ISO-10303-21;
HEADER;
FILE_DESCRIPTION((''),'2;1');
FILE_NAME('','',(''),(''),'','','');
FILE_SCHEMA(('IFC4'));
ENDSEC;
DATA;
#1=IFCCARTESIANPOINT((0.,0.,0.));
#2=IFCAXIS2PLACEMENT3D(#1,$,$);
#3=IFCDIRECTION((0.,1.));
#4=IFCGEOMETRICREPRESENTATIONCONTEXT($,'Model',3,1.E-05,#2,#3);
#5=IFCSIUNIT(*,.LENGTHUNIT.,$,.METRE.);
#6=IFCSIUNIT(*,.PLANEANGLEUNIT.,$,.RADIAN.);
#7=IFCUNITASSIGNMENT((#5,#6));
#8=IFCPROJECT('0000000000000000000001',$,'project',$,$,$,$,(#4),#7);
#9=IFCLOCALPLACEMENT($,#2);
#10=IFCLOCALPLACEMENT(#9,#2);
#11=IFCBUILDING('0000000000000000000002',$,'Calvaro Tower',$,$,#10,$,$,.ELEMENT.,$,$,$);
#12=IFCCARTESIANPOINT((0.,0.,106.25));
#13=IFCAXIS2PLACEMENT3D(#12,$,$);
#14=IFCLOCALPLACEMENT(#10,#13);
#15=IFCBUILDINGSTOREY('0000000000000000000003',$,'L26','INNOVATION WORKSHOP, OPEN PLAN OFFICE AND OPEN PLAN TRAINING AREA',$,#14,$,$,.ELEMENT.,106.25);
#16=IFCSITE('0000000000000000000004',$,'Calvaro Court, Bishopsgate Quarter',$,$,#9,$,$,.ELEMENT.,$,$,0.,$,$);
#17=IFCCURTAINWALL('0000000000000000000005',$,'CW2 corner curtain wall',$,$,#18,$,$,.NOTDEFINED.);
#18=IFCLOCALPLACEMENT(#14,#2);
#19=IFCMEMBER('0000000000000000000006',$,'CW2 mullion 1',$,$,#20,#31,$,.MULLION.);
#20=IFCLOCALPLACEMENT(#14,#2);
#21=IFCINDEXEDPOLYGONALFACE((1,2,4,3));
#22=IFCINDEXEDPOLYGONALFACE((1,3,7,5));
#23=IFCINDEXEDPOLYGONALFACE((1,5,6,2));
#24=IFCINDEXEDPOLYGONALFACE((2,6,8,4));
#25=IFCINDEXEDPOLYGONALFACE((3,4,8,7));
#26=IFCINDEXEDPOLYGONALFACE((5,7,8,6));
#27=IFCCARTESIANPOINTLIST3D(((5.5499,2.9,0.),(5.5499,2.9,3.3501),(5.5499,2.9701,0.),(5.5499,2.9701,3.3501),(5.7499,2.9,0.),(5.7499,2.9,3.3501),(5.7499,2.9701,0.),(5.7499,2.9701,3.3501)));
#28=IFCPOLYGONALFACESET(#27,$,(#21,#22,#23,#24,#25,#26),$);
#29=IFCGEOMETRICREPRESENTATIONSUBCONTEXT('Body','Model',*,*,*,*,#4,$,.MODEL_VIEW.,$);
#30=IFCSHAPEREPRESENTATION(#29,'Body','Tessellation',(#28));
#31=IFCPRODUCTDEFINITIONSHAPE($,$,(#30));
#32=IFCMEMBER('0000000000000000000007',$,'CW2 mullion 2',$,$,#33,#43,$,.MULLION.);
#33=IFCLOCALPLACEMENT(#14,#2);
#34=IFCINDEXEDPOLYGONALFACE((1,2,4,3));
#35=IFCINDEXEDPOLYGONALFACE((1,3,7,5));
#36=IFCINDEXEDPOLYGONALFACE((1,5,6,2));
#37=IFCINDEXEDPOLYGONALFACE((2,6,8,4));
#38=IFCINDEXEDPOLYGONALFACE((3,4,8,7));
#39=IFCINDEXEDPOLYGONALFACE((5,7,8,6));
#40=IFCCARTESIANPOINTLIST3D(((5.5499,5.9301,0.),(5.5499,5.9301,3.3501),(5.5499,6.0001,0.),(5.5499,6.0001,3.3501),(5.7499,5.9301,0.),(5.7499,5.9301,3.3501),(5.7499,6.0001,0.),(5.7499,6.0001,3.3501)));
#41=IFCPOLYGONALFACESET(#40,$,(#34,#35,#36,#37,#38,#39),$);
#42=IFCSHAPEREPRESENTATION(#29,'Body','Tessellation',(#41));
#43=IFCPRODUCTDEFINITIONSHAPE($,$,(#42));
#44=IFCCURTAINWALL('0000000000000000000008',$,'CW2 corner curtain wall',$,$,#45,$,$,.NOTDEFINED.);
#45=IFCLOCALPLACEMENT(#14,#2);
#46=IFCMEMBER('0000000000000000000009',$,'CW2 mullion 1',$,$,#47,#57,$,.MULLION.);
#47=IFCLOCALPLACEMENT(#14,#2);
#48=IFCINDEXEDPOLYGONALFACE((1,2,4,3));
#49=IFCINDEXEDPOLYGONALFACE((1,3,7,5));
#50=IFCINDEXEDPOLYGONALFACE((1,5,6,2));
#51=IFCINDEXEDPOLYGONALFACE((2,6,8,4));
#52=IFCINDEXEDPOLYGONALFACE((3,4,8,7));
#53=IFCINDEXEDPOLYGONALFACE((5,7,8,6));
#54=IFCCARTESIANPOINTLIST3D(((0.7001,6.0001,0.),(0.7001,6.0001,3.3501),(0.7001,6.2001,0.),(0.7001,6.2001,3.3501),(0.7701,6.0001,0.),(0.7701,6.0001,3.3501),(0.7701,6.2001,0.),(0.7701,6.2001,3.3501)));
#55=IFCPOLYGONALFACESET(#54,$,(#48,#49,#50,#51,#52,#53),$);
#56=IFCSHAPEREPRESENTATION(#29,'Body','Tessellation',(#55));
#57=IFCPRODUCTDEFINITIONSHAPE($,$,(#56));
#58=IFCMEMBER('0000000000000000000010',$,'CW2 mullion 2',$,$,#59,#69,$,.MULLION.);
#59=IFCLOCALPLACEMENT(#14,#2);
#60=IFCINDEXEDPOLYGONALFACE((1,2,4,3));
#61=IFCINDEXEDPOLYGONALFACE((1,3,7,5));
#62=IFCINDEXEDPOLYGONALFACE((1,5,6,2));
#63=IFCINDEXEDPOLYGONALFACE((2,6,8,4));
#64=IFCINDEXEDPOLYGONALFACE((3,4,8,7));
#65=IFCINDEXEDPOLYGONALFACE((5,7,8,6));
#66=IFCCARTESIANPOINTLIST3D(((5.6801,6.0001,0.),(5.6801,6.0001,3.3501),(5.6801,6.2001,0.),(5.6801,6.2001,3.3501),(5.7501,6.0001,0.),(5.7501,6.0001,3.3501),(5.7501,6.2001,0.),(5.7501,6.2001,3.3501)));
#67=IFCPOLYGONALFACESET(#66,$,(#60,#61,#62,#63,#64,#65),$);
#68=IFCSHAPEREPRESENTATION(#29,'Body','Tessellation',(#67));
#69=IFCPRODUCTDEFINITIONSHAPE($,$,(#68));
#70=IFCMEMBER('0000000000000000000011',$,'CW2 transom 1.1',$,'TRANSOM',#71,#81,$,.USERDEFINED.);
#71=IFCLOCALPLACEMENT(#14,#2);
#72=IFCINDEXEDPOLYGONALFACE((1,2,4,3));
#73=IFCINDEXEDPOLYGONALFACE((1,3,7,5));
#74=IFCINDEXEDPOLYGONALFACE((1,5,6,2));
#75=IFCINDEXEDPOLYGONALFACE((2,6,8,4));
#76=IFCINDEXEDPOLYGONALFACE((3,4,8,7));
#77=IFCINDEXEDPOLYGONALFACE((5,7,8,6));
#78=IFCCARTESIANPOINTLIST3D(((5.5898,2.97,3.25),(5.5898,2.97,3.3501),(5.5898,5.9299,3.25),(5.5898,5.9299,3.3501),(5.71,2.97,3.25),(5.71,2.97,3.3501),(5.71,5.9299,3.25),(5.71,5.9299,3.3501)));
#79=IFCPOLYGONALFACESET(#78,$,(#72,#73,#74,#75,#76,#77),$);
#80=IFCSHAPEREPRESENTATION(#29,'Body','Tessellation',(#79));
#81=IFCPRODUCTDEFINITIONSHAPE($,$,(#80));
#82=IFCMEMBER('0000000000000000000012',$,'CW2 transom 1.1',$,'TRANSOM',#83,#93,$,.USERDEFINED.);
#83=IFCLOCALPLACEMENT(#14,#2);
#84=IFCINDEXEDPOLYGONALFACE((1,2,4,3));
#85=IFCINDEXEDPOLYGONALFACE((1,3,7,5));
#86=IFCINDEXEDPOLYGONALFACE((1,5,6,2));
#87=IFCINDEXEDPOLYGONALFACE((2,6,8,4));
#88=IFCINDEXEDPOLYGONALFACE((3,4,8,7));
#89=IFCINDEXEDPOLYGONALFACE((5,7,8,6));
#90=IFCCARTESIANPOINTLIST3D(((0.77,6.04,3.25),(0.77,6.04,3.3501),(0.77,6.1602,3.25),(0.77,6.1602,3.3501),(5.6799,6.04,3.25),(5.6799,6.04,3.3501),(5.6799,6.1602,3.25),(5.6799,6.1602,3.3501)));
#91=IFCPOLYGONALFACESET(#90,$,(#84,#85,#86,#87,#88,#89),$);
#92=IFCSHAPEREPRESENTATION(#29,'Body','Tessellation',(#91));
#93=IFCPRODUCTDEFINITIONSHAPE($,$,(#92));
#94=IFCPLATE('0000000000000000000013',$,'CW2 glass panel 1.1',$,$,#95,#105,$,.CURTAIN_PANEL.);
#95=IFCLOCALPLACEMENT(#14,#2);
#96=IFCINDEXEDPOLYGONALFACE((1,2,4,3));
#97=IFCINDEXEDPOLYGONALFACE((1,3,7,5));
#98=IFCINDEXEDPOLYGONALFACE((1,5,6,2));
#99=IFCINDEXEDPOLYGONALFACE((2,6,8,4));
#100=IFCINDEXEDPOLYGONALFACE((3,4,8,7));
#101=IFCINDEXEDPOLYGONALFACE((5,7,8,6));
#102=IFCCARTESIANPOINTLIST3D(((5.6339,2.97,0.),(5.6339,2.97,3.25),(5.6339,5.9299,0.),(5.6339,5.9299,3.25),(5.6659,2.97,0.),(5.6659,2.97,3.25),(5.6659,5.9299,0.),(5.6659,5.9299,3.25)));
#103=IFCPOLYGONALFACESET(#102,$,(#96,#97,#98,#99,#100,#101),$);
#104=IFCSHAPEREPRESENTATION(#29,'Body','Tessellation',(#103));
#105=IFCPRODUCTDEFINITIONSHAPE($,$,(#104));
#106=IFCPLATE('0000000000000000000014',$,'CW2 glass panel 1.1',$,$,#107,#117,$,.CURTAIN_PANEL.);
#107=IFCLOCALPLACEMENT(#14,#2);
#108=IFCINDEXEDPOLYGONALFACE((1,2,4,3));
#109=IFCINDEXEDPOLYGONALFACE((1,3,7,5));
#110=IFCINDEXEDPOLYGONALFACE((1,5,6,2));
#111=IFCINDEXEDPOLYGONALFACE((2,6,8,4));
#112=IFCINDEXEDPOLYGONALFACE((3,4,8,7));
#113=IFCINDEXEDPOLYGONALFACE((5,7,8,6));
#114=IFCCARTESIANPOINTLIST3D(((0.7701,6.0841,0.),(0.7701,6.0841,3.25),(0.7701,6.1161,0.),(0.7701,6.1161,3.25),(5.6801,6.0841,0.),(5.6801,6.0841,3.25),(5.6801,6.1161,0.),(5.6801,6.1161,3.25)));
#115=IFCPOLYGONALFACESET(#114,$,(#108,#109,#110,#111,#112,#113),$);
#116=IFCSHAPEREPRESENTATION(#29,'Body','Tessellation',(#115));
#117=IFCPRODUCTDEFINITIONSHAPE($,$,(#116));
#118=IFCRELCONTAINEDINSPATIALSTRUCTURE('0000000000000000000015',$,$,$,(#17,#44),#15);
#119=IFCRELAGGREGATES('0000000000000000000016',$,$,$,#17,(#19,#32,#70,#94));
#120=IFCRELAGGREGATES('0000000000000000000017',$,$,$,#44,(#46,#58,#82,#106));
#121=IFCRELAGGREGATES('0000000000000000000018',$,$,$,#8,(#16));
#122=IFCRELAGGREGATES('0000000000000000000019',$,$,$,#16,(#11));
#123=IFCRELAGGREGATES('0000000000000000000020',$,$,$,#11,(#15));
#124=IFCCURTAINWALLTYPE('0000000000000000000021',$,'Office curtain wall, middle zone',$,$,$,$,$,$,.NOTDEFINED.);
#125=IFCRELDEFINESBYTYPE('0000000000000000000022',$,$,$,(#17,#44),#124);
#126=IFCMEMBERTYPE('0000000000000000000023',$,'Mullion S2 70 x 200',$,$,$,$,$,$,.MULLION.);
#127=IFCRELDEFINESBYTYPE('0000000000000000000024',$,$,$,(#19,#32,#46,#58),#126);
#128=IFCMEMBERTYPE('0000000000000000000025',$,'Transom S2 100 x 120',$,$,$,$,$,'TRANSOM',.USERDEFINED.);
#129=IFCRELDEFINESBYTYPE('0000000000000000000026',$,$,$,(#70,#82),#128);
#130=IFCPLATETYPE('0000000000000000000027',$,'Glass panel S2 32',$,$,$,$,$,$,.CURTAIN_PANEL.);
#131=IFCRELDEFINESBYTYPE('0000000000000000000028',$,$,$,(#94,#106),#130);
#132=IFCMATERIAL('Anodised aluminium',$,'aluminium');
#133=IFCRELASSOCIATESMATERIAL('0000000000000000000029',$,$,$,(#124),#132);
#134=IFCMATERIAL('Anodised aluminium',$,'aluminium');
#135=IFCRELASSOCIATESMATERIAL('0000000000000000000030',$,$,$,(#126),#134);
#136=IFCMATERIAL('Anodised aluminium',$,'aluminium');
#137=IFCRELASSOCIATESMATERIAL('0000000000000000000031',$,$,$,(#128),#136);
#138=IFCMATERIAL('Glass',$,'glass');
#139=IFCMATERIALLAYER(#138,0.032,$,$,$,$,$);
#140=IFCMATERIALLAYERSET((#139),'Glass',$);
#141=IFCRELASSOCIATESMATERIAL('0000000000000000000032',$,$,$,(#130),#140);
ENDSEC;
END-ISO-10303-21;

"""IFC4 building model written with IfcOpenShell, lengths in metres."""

from ifc_helpers import new_model, si_unit, direction, frame, origin, origin_2d, place, context, subcontext, project, spatial, rectangle, extrude, material, layer, layer_set, material_profile, profile_set, type_object, element, aggregate, save


model = new_model("IFC4")

# Units and contexts
model_context = context("Model", 3, precision=1e-05, world=origin(), true_north=direction((0.0, 1.0)))
body_context = subcontext(model_context, "Body", "Model", "MODEL_VIEW")
ifc_project = project(units=[si_unit("LENGTHUNIT", "METRE"), si_unit("PLANEANGLEUNIT", "RADIAN")], contexts=[model_context])

# Site, building, storey
site_placement = place(None, origin())
site = spatial("IfcSite", under=ifc_project, at=site_placement, Name="Calvaro Court, Bishopsgate Quarter", CompositionType="ELEMENT", RefElevation=0.0)
building_placement = place(site_placement, origin())
building = spatial("IfcBuilding", under=site, at=building_placement, Name="Calvaro Tower", CompositionType="ELEMENT")
storey_placement = place(building_placement, frame((0.0, 0.0, 106.25)))
storey = spatial("IfcBuildingStorey", under=building, at=storey_placement, Name="L26", Description="INNOVATION WORKSHOP, OPEN PLAN OFFICE AND OPEN PLAN TRAINING AREA", CompositionType="ELEMENT", Elevation=106.25)

# Curtain walls, members
ifc_material_1 = material(Name="Anodised aluminium", Category="aluminium")
curtain_wall_type = type_object("IfcCurtainWallType", Name="Office curtain wall, middle zone", PredefinedType="NOTDEFINED", material=ifc_material_1)
curtain_wall_1_placement = place(storey_placement, origin())
curtain_wall_1 = element("IfcCurtainWall", 1, at=curtain_wall_1_placement, inside=storey, type_object=curtain_wall_type, Name="CW2 corner curtain wall", PredefinedType="NOTDEFINED")
ifc_material_2 = material(Name="Anodised aluminium", Category="aluminium")
ifc_material_profile_1 = material_profile(ifc_material_2, rectangle(XDim=0.2, YDim=0.0701, at=origin_2d()), Name="Mullion S2 70 x 200")
ifc_profile_set_1 = profile_set([ifc_material_profile_1], Name="Anodised aluminium")
member_type_1 = type_object("IfcMemberType", Name="Mullion S2 70 x 200", PredefinedType="MULLION", material=ifc_profile_set_1)
member_1_placement = place(storey_placement, frame((5.6499, 2.9351, 0.0), z_axis=(0.0, 0.0, 1.0), x_axis=(-1.0, 0.0, 0.0)))
member_1 = element("IfcMember", 2, at=member_1_placement, type_object=member_type_1, Name="CW2 mullion 1", PredefinedType="MULLION", context=body_context, shape_type="SweptSolid", body=[
    extrude(rectangle(XDim=0.2, YDim=0.0701, at=origin_2d()), origin(), (0.0, 0.0, 1.0), 3.3501),
])
member_2_placement = place(storey_placement, frame((5.6499, 5.9651, 0.0), z_axis=(0.0, 0.0, 1.0), x_axis=(-1.0, 0.0, 0.0)))
member_2 = element("IfcMember", 3, at=member_2_placement, type_object=member_type_1, Name="CW2 mullion 2", PredefinedType="MULLION", context=body_context, shape_type="SweptSolid", body=[
    extrude(rectangle(XDim=0.2, YDim=0.0701, at=origin_2d()), origin(), (0.0, 0.0, 1.0), 3.3501),
])
curtain_wall_2_placement = place(storey_placement, origin())
curtain_wall_2 = element("IfcCurtainWall", 4, at=curtain_wall_2_placement, inside=storey, type_object=curtain_wall_type, Name="CW2 corner curtain wall", PredefinedType="NOTDEFINED")
member_3_placement = place(storey_placement, frame((0.7351, 6.1001, 0.0), z_axis=(0.0, 0.0, 1.0), x_axis=(0.0, 1.0, 0.0)))
member_3 = element("IfcMember", 5, at=member_3_placement, type_object=member_type_1, Name="CW2 mullion 1", PredefinedType="MULLION", context=body_context, shape_type="SweptSolid", body=[
    extrude(rectangle(XDim=0.2, YDim=0.0701, at=origin_2d()), origin(), (0.0, 0.0, 1.0), 3.3501),
])
member_4_placement = place(storey_placement, frame((5.7151, 6.1001, 0.0), z_axis=(0.0, 0.0, 1.0), x_axis=(0.0, 1.0, 0.0)))
member_4 = element("IfcMember", 6, at=member_4_placement, type_object=member_type_1, Name="CW2 mullion 2", PredefinedType="MULLION", context=body_context, shape_type="SweptSolid", body=[
    extrude(rectangle(XDim=0.2, YDim=0.0701, at=origin_2d()), origin(), (0.0, 0.0, 1.0), 3.3501),
])

# Members
ifc_material_3 = material(Name="Anodised aluminium", Category="aluminium")
ifc_material_profile_2 = material_profile(ifc_material_3, rectangle(XDim=0.1201, YDim=0.1001, at=origin_2d()), Name="Transom S2 100 x 120")
ifc_profile_set_2 = profile_set([ifc_material_profile_2], Name="Anodised aluminium")
member_type_2 = type_object("IfcMemberType", Name="Transom S2 100 x 120", ElementType="TRANSOM", PredefinedType="USERDEFINED", material=ifc_profile_set_2)
member_5_placement = place(storey_placement, frame((5.6499, 2.97, 3.3), z_axis=(0.0, 1.0, 0.0), x_axis=(-1.0, 0.0, 0.0)))
member_5 = element("IfcMember", 7, at=member_5_placement, type_object=member_type_2, Name="CW2 transom 1.1", ObjectType="TRANSOM", PredefinedType="USERDEFINED", context=body_context, shape_type="SweptSolid", body=[
    extrude(rectangle(XDim=0.1201, YDim=0.1001, at=origin_2d()), origin(), (0.0, 0.0, 1.0), 2.96),
])
member_6_placement = place(storey_placement, frame((0.77, 6.1001, 3.3), z_axis=(1.0, 0.0, 0.0), x_axis=(0.0, 1.0, 0.0)))
member_6 = element("IfcMember", 8, at=member_6_placement, type_object=member_type_2, Name="CW2 transom 1.1", ObjectType="TRANSOM", PredefinedType="USERDEFINED", context=body_context, shape_type="SweptSolid", body=[
    extrude(rectangle(XDim=0.1201, YDim=0.1001, at=origin_2d()), origin(), (0.0, 0.0, 1.0), 4.9099),
])

# Plates
ifc_material_4 = material(Name="Glass", Category="glass")
ifc_layer_1 = layer(ifc_material_4, 0.032)
ifc_layer_set_1 = layer_set([ifc_layer_1], Name="Glass")
plate_type = type_object("IfcPlateType", Name="Glass panel S2 32", PredefinedType="CURTAIN_PANEL", material=ifc_layer_set_1)
plate_1_placement = place(storey_placement, frame((5.6499, 4.45, 0.0), z_axis=(0.0, 0.0, 1.0), x_axis=(0.0, 1.0, 0.0)))
plate_1 = element("IfcPlate", 9, at=plate_1_placement, type_object=plate_type, Name="CW2 glass panel 1.1", PredefinedType="CURTAIN_PANEL", context=body_context, shape_type="SweptSolid", body=[
    extrude(rectangle(XDim=2.96, YDim=0.032, at=origin_2d()), origin(), (0.0, 0.0, 1.0), 3.25),
])
aggregate(curtain_wall_1, [member_1, member_2, member_5, plate_1])
plate_2_placement = place(storey_placement, frame((3.2251, 6.1001, 0.0), z_axis=(0.0, 0.0, 1.0), x_axis=(1.0, 0.0, 0.0)))
plate_2 = element("IfcPlate", 10, at=plate_2_placement, type_object=plate_type, Name="CW2 glass panel 1.1", PredefinedType="CURTAIN_PANEL", context=body_context, shape_type="SweptSolid", body=[
    extrude(rectangle(XDim=4.9099, YDim=0.032, at=origin_2d()), origin(), (0.0, 0.0, 1.0), 3.25),
])
aggregate(curtain_wall_2, [member_3, member_4, member_6, plate_2])

save(model, "model.ifc")
